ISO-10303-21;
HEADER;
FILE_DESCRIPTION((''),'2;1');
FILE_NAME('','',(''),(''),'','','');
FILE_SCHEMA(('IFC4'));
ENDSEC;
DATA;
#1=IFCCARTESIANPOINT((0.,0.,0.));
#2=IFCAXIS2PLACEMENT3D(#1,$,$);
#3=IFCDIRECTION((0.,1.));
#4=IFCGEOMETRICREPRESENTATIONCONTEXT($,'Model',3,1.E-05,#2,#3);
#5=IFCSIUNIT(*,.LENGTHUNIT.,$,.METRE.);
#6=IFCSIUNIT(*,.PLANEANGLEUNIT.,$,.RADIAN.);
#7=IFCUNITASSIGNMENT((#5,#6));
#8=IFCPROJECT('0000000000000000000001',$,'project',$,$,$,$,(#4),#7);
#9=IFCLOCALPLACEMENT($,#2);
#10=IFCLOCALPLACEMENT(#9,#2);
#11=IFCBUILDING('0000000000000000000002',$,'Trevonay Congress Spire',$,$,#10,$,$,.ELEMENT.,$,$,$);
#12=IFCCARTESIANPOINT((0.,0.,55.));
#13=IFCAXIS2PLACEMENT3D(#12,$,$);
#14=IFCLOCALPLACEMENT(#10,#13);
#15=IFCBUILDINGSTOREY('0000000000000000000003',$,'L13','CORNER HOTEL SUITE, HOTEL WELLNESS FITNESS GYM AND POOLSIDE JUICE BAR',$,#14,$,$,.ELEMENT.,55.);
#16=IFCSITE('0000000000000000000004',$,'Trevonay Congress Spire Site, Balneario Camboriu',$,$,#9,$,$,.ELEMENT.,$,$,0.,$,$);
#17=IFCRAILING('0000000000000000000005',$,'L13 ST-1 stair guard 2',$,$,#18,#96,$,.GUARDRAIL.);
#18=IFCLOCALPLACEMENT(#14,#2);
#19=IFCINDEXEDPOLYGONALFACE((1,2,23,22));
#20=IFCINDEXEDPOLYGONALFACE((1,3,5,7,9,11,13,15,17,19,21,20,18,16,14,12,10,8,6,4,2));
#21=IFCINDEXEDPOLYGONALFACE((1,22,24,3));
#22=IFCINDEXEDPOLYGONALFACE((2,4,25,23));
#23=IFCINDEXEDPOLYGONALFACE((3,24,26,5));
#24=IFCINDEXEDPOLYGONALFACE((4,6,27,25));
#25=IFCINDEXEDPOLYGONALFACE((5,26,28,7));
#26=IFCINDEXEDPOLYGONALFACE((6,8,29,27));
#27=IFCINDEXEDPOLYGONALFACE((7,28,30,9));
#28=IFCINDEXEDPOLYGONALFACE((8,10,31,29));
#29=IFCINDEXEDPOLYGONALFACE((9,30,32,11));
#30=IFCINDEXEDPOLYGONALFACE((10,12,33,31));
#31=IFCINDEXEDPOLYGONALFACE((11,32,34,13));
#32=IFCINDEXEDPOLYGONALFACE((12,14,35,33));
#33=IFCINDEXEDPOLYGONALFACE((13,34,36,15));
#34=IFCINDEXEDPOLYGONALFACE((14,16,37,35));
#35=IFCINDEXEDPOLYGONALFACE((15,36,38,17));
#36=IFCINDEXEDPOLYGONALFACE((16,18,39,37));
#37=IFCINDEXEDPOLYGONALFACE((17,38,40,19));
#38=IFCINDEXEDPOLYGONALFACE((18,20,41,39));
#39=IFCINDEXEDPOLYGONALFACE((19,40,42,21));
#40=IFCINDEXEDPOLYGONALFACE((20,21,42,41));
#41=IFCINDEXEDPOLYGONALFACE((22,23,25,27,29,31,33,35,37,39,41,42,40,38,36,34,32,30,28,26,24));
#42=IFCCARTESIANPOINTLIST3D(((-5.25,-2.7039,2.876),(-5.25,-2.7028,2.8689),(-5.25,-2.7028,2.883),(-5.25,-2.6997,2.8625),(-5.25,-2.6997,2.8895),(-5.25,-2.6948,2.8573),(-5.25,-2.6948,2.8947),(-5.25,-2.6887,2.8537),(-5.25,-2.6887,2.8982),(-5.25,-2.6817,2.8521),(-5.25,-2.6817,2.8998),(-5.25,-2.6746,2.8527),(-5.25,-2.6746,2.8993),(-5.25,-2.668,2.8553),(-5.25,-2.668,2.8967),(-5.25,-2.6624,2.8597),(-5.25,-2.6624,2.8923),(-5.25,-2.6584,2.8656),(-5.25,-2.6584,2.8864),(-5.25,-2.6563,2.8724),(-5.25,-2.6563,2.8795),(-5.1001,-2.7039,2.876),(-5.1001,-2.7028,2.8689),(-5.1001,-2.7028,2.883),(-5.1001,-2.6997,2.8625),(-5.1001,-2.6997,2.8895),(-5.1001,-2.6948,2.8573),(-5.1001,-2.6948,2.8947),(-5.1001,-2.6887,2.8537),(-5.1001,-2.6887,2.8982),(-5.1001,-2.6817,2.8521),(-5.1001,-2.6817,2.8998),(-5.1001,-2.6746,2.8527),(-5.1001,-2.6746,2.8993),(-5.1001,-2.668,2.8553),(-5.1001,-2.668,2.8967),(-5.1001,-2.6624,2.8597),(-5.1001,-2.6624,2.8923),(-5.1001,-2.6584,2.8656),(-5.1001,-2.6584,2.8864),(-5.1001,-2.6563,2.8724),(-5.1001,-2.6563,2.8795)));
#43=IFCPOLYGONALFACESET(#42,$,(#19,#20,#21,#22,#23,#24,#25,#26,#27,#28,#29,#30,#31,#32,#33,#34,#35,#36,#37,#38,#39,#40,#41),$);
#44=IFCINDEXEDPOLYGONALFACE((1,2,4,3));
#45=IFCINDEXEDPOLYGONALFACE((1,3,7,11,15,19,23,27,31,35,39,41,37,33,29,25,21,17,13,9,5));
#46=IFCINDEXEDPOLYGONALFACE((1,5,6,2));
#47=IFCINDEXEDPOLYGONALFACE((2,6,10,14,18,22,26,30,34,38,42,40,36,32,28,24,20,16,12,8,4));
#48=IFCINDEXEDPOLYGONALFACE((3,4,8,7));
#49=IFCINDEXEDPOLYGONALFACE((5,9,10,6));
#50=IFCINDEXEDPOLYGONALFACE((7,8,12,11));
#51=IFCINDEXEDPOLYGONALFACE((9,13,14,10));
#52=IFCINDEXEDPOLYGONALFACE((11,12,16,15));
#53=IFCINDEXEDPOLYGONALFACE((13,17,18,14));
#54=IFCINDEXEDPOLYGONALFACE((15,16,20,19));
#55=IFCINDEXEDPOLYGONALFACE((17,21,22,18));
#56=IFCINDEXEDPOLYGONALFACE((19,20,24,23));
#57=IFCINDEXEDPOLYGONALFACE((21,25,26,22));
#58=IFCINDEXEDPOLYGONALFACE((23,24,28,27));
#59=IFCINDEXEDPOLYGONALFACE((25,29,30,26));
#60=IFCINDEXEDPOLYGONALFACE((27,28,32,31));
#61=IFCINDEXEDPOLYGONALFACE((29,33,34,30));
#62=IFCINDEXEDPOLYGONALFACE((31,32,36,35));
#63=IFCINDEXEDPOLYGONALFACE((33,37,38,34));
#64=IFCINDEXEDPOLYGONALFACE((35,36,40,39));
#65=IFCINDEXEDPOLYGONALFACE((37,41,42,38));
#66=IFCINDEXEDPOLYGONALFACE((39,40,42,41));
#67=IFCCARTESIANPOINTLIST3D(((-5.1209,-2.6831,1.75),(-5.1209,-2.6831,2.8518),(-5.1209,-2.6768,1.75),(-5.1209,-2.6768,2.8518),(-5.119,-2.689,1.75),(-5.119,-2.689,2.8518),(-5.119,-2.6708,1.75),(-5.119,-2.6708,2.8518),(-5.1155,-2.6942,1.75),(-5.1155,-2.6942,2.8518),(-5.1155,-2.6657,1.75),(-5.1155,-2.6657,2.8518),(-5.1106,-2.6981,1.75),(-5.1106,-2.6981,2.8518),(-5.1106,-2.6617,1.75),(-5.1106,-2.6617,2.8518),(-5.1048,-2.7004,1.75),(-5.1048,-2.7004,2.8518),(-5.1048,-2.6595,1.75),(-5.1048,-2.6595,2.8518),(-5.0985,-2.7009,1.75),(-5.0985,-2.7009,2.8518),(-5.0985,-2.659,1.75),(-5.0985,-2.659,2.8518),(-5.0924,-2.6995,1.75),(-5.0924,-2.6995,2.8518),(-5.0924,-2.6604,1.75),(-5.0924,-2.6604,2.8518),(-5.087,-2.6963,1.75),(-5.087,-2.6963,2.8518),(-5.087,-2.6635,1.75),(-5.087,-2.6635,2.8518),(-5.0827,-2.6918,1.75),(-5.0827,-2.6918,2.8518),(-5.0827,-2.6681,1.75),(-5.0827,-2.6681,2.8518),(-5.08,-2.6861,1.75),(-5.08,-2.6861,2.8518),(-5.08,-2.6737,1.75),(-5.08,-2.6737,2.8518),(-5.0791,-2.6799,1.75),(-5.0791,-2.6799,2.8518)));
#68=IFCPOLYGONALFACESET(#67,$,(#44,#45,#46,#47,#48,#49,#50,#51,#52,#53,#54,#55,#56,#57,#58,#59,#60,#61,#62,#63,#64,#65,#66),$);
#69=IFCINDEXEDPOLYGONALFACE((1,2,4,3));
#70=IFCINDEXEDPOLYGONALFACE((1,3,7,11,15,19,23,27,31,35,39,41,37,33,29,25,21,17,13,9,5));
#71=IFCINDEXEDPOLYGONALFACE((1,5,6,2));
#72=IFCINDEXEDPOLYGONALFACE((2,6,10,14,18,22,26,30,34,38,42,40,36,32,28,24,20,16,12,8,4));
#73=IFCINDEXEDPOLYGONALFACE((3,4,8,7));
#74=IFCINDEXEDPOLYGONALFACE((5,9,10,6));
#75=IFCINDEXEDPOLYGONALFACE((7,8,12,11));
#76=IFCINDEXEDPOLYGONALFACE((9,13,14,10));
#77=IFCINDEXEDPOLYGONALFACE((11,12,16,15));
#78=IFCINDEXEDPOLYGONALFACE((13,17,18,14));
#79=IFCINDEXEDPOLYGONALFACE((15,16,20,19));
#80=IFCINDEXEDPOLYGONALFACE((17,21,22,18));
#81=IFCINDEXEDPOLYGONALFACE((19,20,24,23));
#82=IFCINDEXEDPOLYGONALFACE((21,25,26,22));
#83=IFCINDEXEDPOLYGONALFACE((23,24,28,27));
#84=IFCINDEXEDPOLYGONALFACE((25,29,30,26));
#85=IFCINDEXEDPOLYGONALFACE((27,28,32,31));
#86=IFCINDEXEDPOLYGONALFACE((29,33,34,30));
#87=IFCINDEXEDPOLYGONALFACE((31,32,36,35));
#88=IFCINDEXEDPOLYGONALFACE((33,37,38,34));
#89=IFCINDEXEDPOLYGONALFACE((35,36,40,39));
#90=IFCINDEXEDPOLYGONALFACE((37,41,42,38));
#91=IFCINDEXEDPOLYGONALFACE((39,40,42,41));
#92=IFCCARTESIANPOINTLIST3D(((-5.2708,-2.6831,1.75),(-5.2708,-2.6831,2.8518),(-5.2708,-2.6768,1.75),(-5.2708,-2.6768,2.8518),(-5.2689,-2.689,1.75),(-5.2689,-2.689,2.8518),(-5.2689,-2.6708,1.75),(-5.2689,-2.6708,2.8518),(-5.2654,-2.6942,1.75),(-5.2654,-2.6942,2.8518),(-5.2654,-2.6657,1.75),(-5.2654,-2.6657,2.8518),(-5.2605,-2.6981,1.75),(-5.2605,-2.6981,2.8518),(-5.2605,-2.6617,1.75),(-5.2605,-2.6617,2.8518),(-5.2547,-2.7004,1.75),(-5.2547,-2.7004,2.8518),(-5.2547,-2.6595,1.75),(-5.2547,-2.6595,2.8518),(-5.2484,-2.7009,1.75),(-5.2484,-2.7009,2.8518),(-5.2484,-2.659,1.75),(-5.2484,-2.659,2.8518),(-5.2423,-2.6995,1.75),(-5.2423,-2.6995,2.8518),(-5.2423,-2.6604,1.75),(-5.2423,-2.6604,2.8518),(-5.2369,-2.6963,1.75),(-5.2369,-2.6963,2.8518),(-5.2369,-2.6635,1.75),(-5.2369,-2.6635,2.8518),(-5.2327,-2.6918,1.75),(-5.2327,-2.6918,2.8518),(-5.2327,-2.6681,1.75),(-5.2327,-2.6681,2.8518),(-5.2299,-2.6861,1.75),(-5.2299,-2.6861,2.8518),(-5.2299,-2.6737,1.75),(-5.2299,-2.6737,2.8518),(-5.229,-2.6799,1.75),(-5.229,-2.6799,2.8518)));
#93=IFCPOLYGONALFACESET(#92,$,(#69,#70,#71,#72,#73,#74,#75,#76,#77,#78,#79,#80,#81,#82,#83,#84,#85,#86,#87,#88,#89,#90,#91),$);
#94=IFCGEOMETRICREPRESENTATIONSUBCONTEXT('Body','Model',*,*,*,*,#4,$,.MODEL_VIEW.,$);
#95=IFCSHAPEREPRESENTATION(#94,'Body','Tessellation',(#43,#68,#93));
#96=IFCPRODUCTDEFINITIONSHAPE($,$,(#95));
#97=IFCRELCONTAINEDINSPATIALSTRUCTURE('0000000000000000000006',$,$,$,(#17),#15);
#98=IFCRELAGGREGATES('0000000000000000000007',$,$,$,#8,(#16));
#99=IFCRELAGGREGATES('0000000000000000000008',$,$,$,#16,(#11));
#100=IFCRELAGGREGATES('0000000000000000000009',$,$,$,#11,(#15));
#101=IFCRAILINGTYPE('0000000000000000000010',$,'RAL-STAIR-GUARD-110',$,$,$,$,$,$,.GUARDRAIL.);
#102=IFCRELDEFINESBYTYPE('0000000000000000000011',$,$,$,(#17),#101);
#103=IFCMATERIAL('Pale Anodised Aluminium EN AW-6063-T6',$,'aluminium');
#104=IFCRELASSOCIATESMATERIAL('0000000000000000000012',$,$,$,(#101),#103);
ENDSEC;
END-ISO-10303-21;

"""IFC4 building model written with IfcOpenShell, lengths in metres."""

from ifc_helpers import new_model, si_unit, direction, frame, origin, origin_2d, place, context, subcontext, project, spatial, circle, extrude, material, type_object, element, save


model = new_model("IFC4")

# Units and contexts
model_context = context("Model", 3, precision=1e-05, world=origin(), true_north=direction((0.0, 1.0)))
body_context = subcontext(model_context, "Body", "Model", "MODEL_VIEW")
ifc_project = project(units=[si_unit("LENGTHUNIT", "METRE"), si_unit("PLANEANGLEUNIT", "RADIAN")], contexts=[model_context])

# Site, building, storey
site_placement = place(None, origin())
site = spatial("IfcSite", under=ifc_project, at=site_placement, Name="Trevonay Congress Spire Site, Balneario Camboriu", CompositionType="ELEMENT", RefElevation=0.0)
building_placement = place(site_placement, origin())
building = spatial("IfcBuilding", under=site, at=building_placement, Name="Trevonay Congress Spire", CompositionType="ELEMENT")
storey_placement = place(building_placement, frame((0.0, 0.0, 55.0)))
storey = spatial("IfcBuildingStorey", under=building, at=storey_placement, Name="L13", Description="CORNER HOTEL SUITE, HOTEL WELLNESS FITNESS GYM AND POOLSIDE JUICE BAR", CompositionType="ELEMENT", Elevation=55.0)

# Railing
ifc_material_1 = material(Name="Pale Anodised Aluminium EN AW-6063-T6", Category="aluminium")
railing_type_1 = type_object("IfcRailingType", Name="RAL-STAIR-GUARD-110", PredefinedType="GUARDRAIL", material=ifc_material_1)
railing_1_placement = place(storey_placement, frame((-5.1001, -2.6799, 1.75)))
element("IfcRailing", 1, at=railing_1_placement, inside=storey, type_object=railing_type_1, Name="L13 ST-1 stair guard 2", PredefinedType="GUARDRAIL", context=body_context, shape_type="SweptSolid", body=[
    extrude(circle(Radius=0.0239, at=origin_2d()), frame((0.0, 0.0, 1.126), z_axis=(-1.0, 0.0, 0.0), x_axis=(0.0, -1.0, 0.0)), (0.0, 0.0, 1.0), 0.1499),
    extrude(circle(Radius=0.021, at=origin_2d()), origin(), (0.0, 0.0, 1.0), 1.1018),
    extrude(circle(Radius=0.021, at=origin_2d()), frame((-0.1499, 0.0, 0.0)), (0.0, 0.0, 1.0), 1.1018),
])

save(model, "model.ifc")
